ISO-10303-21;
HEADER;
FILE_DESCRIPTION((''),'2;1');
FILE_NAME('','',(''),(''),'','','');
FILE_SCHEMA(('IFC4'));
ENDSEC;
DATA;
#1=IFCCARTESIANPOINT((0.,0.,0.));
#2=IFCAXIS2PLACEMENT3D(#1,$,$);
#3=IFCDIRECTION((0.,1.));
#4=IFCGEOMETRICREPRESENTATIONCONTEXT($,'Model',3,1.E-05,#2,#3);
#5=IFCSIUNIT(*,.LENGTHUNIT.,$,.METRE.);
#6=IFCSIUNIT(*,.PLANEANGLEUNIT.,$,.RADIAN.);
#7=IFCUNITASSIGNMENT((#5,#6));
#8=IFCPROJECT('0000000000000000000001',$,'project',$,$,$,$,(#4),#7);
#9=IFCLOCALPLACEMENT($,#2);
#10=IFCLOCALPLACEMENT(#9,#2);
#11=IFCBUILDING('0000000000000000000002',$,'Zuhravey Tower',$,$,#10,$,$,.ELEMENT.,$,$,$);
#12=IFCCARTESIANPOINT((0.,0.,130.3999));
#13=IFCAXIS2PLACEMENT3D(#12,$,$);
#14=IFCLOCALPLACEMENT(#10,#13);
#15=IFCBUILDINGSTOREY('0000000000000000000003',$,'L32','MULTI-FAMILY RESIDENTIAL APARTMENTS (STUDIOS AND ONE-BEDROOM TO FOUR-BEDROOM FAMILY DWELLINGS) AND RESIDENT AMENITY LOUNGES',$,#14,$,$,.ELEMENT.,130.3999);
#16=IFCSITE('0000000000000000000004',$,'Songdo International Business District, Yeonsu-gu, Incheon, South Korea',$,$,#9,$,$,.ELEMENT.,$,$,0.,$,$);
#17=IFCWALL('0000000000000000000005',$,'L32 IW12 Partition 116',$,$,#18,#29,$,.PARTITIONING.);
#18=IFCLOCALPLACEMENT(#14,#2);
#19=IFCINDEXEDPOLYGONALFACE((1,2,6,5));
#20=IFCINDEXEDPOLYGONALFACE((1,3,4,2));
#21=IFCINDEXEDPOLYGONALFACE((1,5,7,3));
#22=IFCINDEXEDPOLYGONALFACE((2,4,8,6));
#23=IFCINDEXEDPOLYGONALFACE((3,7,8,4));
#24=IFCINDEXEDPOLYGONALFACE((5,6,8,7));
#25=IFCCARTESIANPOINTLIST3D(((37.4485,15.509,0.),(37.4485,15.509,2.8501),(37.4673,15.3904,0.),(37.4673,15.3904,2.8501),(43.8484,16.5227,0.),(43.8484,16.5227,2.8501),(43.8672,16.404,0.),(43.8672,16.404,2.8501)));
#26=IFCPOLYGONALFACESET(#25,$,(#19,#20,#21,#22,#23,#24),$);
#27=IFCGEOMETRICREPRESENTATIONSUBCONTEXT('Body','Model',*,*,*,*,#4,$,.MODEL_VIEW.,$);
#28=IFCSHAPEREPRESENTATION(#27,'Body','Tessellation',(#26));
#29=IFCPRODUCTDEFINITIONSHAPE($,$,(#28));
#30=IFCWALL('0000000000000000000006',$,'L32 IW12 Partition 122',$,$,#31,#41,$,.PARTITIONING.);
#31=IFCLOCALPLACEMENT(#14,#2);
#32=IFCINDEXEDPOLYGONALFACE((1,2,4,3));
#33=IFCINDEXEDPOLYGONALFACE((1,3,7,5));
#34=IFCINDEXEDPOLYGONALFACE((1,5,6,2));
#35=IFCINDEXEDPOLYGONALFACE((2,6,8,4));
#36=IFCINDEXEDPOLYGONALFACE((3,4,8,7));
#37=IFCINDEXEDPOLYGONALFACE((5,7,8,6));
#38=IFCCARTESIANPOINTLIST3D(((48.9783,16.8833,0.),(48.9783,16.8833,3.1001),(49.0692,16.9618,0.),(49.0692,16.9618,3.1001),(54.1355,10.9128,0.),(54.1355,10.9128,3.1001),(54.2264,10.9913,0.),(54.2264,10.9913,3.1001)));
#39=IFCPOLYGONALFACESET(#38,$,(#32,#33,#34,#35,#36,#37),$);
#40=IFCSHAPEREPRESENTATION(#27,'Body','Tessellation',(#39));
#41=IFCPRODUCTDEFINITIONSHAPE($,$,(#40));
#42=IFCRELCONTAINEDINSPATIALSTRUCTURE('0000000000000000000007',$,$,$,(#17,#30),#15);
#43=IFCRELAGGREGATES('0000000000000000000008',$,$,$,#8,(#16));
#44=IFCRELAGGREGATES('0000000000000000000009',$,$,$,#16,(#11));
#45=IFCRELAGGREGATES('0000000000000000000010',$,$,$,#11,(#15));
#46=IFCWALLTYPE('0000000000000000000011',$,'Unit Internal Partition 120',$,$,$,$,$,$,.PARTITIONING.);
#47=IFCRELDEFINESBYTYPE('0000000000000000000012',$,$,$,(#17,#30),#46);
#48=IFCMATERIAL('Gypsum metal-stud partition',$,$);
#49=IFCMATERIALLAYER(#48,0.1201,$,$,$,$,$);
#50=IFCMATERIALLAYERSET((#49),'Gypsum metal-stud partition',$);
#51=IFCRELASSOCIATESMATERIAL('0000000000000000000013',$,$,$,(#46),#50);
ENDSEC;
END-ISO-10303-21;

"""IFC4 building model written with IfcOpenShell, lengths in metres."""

from ifc_helpers import new_model, si_unit, direction, frame, frame_2d, origin, place, context, subcontext, project, spatial, rectangle, extrude, material, layer, layer_set, type_object, element, save


model = new_model("IFC4")

# Units and contexts
model_context = context("Model", 3, precision=1e-05, world=origin(), true_north=direction((0.0, 1.0)))
body_context = subcontext(model_context, "Body", "Model", "MODEL_VIEW")
ifc_project = project(units=[si_unit("LENGTHUNIT", "METRE"), si_unit("PLANEANGLEUNIT", "RADIAN")], contexts=[model_context])

# Site, building, storey
site_placement = place(None, origin())
site = spatial("IfcSite", under=ifc_project, at=site_placement, Name="Songdo International Business District, Yeonsu-gu, Incheon, South Korea", CompositionType="ELEMENT", RefElevation=0.0)
building_placement = place(site_placement, origin())
building = spatial("IfcBuilding", under=site, at=building_placement, Name="Zuhravey Tower", CompositionType="ELEMENT")
storey_placement = place(building_placement, frame((0.0, 0.0, 130.3999)))
storey = spatial("IfcBuildingStorey", under=building, at=storey_placement, Name="L32", Description="MULTI-FAMILY RESIDENTIAL APARTMENTS (STUDIOS AND ONE-BEDROOM TO FOUR-BEDROOM FAMILY DWELLINGS) AND RESIDENT AMENITY LOUNGES", CompositionType="ELEMENT", Elevation=130.3999)

# Shared definitions
ifc_material_1 = material(Name="Gypsum metal-stud partition")
ifc_layer_1 = layer(ifc_material_1, 0.1201)
ifc_layer_set_1 = layer_set([ifc_layer_1], Name="Gypsum metal-stud partition")
wall_type = type_object("IfcWallType", Name="Unit Internal Partition 120", PredefinedType="PARTITIONING", material=ifc_layer_set_1)

# Walls
wall_1_placement = place(storey_placement, frame((37.458, 15.4497, 0.0), z_axis=(0.0, 0.0, 1.0), x_axis=(0.987688, 0.156439, 0.0)))
element("IfcWall", 1, at=wall_1_placement, inside=storey, type_object=wall_type, Name="L32 IW12 Partition 116", PredefinedType="PARTITIONING", context=body_context, shape_type="SweptSolid", body=[
    extrude(rectangle(XDim=6.4797, YDim=0.1201, at=frame_2d((3.2397, 0.0))), origin(), (0.0, 0.0, 1.0), 2.8501),
])
wall_2_placement = place(storey_placement, frame((49.0237, 16.9226, 0.0), z_axis=(0.0, 0.0, 1.0), x_axis=(0.653687, -0.756765, 0.0)))
element("IfcWall", 2, at=wall_2_placement, inside=storey, type_object=wall_type, Name="L32 IW12 Partition 122", PredefinedType="PARTITIONING", context=body_context, shape_type="SweptSolid", body=[
    extrude(rectangle(XDim=7.8894, YDim=0.1201, at=frame_2d((3.9448, 0.0))), origin(), (0.0, 0.0, 1.0), 3.1001),
])

save(model, "model.ifc")
